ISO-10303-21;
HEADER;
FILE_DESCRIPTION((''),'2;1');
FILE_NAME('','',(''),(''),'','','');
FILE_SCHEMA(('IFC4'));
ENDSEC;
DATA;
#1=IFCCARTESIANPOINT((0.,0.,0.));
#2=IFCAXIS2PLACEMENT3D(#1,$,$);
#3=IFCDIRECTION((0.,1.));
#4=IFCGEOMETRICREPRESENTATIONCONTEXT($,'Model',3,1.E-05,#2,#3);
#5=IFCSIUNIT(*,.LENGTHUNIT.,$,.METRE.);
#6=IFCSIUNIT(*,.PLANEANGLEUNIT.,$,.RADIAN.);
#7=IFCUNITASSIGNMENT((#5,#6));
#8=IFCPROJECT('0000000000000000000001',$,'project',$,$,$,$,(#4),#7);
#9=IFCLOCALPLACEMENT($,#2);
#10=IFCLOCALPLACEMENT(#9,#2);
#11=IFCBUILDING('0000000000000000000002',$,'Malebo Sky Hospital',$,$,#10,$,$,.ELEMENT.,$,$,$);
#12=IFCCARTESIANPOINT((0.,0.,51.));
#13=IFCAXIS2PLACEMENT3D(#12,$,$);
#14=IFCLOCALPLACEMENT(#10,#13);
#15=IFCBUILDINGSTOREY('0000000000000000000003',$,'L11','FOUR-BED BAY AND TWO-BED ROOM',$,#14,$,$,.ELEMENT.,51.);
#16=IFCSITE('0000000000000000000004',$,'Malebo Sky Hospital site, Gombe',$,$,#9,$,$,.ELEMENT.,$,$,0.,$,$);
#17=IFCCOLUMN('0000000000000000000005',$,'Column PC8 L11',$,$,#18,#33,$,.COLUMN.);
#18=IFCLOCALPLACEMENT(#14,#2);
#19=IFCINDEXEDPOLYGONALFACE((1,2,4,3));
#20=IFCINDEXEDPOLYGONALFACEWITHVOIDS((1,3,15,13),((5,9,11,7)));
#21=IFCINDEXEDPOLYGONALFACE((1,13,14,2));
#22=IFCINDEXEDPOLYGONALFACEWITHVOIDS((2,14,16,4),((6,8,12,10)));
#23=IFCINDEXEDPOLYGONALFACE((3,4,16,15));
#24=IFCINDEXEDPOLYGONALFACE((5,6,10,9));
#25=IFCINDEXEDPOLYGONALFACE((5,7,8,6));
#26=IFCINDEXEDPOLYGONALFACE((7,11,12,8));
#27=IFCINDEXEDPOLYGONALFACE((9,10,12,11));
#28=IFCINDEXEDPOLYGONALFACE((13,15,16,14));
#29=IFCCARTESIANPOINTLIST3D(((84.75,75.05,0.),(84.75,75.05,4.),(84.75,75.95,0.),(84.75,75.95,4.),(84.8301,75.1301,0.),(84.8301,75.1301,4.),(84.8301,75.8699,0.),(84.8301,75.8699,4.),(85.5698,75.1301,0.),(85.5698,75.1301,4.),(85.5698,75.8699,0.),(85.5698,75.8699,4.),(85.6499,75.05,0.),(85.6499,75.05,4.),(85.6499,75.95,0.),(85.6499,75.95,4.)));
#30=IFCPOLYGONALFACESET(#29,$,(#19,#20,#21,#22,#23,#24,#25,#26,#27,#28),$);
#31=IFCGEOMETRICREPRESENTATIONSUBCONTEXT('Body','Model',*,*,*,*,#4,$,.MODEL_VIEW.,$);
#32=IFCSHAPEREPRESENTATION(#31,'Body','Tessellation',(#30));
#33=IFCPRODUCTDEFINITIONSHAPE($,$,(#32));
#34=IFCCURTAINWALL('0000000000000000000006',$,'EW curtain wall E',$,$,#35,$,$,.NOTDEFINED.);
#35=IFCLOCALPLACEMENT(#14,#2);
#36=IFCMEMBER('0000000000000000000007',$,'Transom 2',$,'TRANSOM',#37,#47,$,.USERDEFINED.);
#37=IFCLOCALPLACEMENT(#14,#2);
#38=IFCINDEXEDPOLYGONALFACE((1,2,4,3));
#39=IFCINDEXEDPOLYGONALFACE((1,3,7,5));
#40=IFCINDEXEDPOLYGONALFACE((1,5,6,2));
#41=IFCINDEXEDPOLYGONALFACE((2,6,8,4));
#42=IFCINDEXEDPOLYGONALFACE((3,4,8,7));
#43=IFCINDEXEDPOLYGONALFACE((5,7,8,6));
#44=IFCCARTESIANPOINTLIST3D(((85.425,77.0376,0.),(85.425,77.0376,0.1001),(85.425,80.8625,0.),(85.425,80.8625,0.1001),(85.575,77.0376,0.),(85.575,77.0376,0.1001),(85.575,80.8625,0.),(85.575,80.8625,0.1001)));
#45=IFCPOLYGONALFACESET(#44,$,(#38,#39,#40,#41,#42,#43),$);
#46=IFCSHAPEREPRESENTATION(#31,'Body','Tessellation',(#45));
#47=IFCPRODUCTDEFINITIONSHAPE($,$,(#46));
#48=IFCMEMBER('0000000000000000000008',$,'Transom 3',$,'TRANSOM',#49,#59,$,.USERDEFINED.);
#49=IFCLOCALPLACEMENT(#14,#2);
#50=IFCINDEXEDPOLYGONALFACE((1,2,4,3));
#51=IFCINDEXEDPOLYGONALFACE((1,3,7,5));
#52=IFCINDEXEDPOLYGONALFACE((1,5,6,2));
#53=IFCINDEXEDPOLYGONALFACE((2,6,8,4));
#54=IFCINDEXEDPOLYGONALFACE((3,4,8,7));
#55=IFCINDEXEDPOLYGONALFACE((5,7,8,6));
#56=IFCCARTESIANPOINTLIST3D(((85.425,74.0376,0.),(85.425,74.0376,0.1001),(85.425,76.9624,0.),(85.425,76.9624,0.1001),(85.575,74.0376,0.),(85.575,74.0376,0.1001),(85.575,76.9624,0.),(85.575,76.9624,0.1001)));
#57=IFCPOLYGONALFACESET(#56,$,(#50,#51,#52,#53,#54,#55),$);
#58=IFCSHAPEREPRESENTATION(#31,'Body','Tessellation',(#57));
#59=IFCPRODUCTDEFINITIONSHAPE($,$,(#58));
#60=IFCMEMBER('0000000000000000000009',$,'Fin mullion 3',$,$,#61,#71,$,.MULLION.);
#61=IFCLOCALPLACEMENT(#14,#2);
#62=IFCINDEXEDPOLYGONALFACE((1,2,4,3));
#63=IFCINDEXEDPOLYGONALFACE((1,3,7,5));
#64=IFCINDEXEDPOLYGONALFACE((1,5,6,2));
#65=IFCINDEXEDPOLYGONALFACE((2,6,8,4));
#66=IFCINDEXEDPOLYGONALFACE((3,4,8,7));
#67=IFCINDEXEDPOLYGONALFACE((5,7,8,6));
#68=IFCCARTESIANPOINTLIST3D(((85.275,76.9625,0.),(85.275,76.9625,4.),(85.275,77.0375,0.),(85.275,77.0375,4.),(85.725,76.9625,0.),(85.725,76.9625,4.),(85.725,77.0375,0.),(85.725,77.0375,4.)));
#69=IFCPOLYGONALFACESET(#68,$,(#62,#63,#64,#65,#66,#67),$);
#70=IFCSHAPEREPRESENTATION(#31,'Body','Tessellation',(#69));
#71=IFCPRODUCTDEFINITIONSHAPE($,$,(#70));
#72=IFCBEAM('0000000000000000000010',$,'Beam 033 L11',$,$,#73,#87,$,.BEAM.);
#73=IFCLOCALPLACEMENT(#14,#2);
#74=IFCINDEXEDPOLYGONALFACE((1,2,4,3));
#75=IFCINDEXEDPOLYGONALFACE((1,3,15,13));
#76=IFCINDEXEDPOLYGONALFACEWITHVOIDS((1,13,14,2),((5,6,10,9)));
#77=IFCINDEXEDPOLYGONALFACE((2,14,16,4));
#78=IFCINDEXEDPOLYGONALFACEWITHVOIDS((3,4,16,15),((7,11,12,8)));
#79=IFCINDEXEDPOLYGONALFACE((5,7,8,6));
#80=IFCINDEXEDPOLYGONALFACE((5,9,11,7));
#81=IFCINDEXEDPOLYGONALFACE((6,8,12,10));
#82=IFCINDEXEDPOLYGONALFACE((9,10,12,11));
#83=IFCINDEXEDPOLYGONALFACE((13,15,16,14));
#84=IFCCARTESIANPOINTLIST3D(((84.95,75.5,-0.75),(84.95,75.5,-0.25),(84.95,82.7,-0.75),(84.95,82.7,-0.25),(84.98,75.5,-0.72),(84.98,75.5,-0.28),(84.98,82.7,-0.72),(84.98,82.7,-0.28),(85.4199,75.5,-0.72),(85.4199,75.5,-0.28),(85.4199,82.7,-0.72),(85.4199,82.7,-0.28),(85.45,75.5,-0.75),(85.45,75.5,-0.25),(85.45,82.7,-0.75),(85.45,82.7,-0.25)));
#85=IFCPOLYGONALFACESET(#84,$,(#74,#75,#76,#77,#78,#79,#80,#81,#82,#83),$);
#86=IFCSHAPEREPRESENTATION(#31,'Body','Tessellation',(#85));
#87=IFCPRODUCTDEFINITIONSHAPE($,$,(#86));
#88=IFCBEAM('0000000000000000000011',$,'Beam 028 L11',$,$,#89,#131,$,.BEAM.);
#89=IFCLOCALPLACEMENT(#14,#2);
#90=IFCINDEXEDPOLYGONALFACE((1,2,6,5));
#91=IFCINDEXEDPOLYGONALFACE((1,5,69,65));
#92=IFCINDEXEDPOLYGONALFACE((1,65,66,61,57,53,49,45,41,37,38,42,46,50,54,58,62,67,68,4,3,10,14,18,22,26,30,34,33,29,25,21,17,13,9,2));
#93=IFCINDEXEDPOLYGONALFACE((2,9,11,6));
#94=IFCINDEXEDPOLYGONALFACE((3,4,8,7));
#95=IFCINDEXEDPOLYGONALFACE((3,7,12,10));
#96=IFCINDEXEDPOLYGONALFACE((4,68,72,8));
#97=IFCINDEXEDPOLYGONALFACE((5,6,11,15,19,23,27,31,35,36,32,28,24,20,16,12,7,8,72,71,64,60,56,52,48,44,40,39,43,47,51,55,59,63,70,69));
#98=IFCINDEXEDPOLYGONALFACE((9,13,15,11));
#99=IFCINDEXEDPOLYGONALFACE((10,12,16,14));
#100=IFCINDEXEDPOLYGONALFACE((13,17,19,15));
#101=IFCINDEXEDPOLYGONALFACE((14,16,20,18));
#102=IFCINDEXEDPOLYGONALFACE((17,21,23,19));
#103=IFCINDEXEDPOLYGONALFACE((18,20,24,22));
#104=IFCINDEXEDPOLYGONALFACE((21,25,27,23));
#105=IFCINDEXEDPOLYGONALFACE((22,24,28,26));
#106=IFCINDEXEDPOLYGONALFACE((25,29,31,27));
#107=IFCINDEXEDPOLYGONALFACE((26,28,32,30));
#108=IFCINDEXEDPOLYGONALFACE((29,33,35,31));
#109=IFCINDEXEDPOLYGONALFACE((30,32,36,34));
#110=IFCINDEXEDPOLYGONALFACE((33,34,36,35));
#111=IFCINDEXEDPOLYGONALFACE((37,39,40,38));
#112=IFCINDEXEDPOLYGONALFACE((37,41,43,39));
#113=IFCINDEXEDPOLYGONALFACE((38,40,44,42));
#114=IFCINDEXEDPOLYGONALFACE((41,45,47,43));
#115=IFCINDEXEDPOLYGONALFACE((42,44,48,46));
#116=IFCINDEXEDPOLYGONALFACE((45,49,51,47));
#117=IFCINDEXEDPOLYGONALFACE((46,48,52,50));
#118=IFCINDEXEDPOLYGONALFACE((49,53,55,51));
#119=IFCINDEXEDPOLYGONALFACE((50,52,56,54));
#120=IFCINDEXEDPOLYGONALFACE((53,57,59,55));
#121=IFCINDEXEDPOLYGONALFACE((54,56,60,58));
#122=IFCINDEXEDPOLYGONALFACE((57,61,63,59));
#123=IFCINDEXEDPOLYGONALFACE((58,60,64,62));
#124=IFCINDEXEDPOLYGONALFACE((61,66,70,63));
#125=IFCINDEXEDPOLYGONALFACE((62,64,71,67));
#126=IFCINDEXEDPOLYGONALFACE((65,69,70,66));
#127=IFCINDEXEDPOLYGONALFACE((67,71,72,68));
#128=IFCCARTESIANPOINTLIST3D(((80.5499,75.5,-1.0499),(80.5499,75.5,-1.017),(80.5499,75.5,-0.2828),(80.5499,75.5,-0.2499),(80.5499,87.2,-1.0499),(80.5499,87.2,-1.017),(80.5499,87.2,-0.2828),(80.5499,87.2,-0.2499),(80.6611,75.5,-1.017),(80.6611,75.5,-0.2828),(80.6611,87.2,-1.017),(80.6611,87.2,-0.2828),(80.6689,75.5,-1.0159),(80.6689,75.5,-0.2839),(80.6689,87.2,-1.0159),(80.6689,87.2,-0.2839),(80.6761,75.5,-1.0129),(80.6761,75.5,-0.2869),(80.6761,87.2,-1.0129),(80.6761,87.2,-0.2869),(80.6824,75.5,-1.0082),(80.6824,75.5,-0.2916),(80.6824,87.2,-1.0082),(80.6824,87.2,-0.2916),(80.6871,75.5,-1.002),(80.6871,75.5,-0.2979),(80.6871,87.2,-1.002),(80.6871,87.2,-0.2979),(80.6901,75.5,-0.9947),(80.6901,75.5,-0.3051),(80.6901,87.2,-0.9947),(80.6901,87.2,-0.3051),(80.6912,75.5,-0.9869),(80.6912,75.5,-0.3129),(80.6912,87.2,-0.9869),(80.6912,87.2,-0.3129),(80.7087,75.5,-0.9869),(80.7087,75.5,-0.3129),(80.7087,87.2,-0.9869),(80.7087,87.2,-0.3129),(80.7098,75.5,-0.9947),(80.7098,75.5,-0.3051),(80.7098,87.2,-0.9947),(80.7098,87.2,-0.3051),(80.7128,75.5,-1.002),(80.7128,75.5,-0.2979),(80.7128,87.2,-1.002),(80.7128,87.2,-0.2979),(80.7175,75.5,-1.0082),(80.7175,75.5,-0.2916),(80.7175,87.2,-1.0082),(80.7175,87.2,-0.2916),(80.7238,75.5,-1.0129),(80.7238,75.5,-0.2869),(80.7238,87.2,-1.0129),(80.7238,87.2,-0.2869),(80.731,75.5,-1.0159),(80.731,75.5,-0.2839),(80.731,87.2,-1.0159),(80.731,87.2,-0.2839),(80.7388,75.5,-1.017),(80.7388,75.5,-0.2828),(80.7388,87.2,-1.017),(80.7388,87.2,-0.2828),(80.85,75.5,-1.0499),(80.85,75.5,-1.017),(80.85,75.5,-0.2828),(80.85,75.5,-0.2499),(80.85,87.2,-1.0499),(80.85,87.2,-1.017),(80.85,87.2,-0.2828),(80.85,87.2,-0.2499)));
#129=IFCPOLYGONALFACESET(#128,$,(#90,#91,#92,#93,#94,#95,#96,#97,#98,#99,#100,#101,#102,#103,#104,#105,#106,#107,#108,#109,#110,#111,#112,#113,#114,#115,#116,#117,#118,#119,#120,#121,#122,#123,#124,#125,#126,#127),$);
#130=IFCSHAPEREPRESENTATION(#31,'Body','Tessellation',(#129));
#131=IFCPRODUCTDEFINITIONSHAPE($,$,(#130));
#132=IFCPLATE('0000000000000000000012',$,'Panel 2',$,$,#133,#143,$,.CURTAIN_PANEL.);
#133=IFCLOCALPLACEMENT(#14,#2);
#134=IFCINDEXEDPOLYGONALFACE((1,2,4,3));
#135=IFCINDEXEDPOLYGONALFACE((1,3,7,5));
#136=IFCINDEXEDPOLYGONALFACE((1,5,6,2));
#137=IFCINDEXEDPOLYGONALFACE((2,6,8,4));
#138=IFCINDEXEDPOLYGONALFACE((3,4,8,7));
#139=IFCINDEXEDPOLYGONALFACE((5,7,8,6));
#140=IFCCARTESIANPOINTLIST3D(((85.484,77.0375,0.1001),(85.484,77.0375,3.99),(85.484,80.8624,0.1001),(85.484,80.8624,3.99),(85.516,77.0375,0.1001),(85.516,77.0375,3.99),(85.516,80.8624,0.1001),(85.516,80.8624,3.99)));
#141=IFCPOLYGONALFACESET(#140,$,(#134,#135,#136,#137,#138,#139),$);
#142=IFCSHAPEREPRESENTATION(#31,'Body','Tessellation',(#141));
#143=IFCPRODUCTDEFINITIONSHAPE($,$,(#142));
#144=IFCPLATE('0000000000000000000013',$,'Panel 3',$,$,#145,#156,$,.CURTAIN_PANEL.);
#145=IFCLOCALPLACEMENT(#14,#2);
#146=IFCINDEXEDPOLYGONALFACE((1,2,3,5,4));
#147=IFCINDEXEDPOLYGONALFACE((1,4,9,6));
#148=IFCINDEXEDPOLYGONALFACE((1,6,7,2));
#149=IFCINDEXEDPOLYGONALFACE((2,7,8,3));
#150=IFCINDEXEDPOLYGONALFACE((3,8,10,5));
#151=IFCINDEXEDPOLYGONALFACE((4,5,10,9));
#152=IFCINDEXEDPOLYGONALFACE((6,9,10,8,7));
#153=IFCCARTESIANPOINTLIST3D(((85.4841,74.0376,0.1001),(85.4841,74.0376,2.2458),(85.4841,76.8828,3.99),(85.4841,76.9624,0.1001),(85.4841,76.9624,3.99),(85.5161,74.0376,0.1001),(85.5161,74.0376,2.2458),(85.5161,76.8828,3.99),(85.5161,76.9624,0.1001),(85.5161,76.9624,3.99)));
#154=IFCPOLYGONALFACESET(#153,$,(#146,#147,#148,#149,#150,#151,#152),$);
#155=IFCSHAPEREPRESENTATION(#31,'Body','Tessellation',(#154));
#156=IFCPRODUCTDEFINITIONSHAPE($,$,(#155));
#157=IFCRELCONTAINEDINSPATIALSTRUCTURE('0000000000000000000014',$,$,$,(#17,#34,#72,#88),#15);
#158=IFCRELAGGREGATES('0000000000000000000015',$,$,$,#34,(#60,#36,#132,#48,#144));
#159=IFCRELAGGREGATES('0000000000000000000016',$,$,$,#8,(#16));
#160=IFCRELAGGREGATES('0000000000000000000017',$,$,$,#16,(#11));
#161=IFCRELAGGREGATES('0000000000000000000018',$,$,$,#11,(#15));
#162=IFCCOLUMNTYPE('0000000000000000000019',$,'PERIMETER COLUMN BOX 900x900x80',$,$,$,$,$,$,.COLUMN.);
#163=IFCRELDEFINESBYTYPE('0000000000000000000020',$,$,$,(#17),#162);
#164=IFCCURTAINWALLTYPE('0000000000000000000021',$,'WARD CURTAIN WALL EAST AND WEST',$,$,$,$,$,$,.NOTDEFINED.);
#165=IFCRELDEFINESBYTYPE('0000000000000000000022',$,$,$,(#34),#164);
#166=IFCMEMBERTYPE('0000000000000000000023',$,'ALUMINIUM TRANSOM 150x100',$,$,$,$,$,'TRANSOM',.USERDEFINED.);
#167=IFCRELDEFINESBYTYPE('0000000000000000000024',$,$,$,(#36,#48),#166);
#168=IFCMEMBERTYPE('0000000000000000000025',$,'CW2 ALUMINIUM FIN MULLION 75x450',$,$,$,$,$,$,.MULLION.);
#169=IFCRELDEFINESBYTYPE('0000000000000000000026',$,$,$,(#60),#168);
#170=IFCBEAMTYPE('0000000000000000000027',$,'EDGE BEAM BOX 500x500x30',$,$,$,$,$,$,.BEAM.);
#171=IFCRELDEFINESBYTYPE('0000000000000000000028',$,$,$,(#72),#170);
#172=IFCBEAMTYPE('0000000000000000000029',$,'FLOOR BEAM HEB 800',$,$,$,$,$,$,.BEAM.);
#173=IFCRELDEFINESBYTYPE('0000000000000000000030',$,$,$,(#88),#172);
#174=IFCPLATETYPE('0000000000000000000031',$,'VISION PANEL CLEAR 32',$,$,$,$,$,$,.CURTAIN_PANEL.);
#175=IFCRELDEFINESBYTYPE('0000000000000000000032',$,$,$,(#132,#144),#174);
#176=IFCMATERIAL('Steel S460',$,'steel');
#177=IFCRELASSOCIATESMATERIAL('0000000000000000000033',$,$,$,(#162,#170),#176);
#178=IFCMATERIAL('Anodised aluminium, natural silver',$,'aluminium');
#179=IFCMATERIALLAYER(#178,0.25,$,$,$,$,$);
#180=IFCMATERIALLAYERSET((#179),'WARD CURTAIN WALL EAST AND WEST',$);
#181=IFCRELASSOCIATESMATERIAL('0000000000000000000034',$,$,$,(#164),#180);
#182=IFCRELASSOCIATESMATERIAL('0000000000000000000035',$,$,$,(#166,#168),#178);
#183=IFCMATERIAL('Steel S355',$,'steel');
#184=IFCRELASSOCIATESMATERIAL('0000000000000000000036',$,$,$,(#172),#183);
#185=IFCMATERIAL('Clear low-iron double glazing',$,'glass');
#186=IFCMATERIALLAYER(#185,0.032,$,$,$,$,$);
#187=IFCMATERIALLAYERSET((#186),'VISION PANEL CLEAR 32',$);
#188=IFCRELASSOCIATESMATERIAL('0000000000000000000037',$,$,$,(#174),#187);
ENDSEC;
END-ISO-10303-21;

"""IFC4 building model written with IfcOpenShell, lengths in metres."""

from ifc_helpers import new_model, si_unit, direction, frame, origin, origin_2d, place, context, subcontext, project, spatial, polyline, rectangle, hollow_rectangle, i_section, outline, extrude, material, layer, layer_set, material_profile, profile_set, type_object, element, aggregate, save


model = new_model("IFC4")

# Units and contexts
model_context = context("Model", 3, precision=1e-05, world=origin(), true_north=direction((0.0, 1.0)))
body_context = subcontext(model_context, "Body", "Model", "MODEL_VIEW")
ifc_project = project(units=[si_unit("LENGTHUNIT", "METRE"), si_unit("PLANEANGLEUNIT", "RADIAN")], contexts=[model_context])

# Site, building, storey
site_placement = place(None, origin())
site = spatial("IfcSite", under=ifc_project, at=site_placement, Name="Malebo Sky Hospital site, Gombe", CompositionType="ELEMENT", RefElevation=0.0)
building_placement = place(site_placement, origin())
building = spatial("IfcBuilding", under=site, at=building_placement, Name="Malebo Sky Hospital", CompositionType="ELEMENT")
storey_placement = place(building_placement, frame((0.0, 0.0, 51.0)))
storey = spatial("IfcBuildingStorey", under=building, at=storey_placement, Name="L11", Description="FOUR-BED BAY AND TWO-BED ROOM", CompositionType="ELEMENT", Elevation=51.0)

# Column
ifc_material_1 = material(Name="Steel S460", Category="steel")
ifc_material_profile_1 = material_profile(ifc_material_1, hollow_rectangle(XDim=0.8999, YDim=0.8999, WallThickness=0.0801, at=origin_2d()), Name="BOX 900x900x80")
ifc_profile_set_1 = profile_set([ifc_material_profile_1], Name="Steel S460")
column_type = type_object("IfcColumnType", Name="PERIMETER COLUMN BOX 900x900x80", PredefinedType="COLUMN", material=ifc_profile_set_1)
column_placement = place(storey_placement, frame((85.2, 75.5, 0.0), z_axis=(0.0, 0.0, 1.0), x_axis=(1.0, 0.0, 0.0)))
element("IfcColumn", 1, at=column_placement, inside=storey, type_object=column_type, Name="Column PC8 L11", PredefinedType="COLUMN", context=body_context, shape_type="SweptSolid", body=[
    extrude(hollow_rectangle(XDim=0.8999, YDim=0.8999, WallThickness=0.0801, at=origin_2d()), origin(), (0.0, 0.0, 1.0), 4.0),
])

# Curtain wall, members
ifc_material_2 = material(Name="Anodised aluminium, natural silver", Category="aluminium")
ifc_layer_1 = layer(ifc_material_2, 0.25)
ifc_layer_set_1 = layer_set([ifc_layer_1], Name="WARD CURTAIN WALL EAST AND WEST")
curtain_wall_type = type_object("IfcCurtainWallType", Name="WARD CURTAIN WALL EAST AND WEST", PredefinedType="NOTDEFINED", material=ifc_layer_set_1)
curtain_wall_placement = place(storey_placement, origin())
curtain_wall = element("IfcCurtainWall", 2, at=curtain_wall_placement, inside=storey, type_object=curtain_wall_type, Name="EW curtain wall E", PredefinedType="NOTDEFINED")
ifc_material_profile_2 = material_profile(ifc_material_2, rectangle(XDim=0.1499, YDim=0.1001, at=origin_2d()), Name="ALUMINIUM TRANSOM 150x100")
ifc_profile_set_2 = profile_set([ifc_material_profile_2], Name="Anodised aluminium, natural silver")
member_type_1 = type_object("IfcMemberType", Name="ALUMINIUM TRANSOM 150x100", ElementType="TRANSOM", PredefinedType="USERDEFINED", material=ifc_profile_set_2)
member_1_placement = place(storey_placement, frame((85.5, 80.8625, 0.05), z_axis=(0.0, -1.0, 0.0), x_axis=(1.0, 0.0, 0.0)))
member_1 = element("IfcMember", 3, at=member_1_placement, type_object=member_type_1, Name="Transom 2", ObjectType="TRANSOM", PredefinedType="USERDEFINED", context=body_context, shape_type="SweptSolid", body=[
    extrude(rectangle(XDim=0.1499, YDim=0.1001, at=origin_2d()), origin(), (0.0, 0.0, 1.0), 3.825),
])
member_2_placement = place(storey_placement, frame((85.5, 76.9624, 0.05), z_axis=(0.0, -1.0, 0.0), x_axis=(1.0, 0.0, 0.0)))
member_2 = element("IfcMember", 4, at=member_2_placement, type_object=member_type_1, Name="Transom 3", ObjectType="TRANSOM", PredefinedType="USERDEFINED", context=body_context, shape_type="SweptSolid", body=[
    extrude(rectangle(XDim=0.1499, YDim=0.1001, at=origin_2d()), origin(), (0.0, 0.0, 1.0), 2.9248),
])
ifc_material_profile_3 = material_profile(ifc_material_2, rectangle(XDim=0.075, YDim=0.45, at=origin_2d()), Name="CW2 ALUMINIUM FIN MULLION 75x450")
ifc_profile_set_3 = profile_set([ifc_material_profile_3], Name="Anodised aluminium, natural silver")
member_type_2 = type_object("IfcMemberType", Name="CW2 ALUMINIUM FIN MULLION 75x450", PredefinedType="MULLION", material=ifc_profile_set_3)
member_3_placement = place(storey_placement, frame((85.5, 77.0, 0.0), z_axis=(0.0, 0.0, 1.0), x_axis=(0.0, -1.0, 0.0)))
member_3 = element("IfcMember", 5, at=member_3_placement, type_object=member_type_2, Name="Fin mullion 3", PredefinedType="MULLION", context=body_context, shape_type="SweptSolid", body=[
    extrude(rectangle(XDim=0.075, YDim=0.45, at=origin_2d()), origin(), (0.0, 0.0, 1.0), 4.0),
])

# Beams
ifc_material_profile_4 = material_profile(ifc_material_1, hollow_rectangle(XDim=0.5, YDim=0.5, WallThickness=0.03, at=origin_2d()), Name="BOX 500x500x30")
ifc_profile_set_4 = profile_set([ifc_material_profile_4], Name="Steel S460")
beam_type_1 = type_object("IfcBeamType", Name="EDGE BEAM BOX 500x500x30", PredefinedType="BEAM", material=ifc_profile_set_4)
beam_1_placement = place(storey_placement, frame((85.2, 75.5, -0.5), z_axis=(0.0, 1.0, 0.0), x_axis=(-1.0, 0.0, 0.0)))
element("IfcBeam", 6, at=beam_1_placement, inside=storey, type_object=beam_type_1, Name="Beam 033 L11", PredefinedType="BEAM", context=body_context, shape_type="SweptSolid", body=[
    extrude(hollow_rectangle(XDim=0.5, YDim=0.5, WallThickness=0.03, at=origin_2d()), origin(), (0.0, 0.0, 1.0), 7.2),
])
ifc_material_3 = material(Name="Steel S355", Category="steel")
ifc_material_profile_5 = material_profile(ifc_material_3, i_section(OverallWidth=0.3, OverallDepth=0.8, WebThickness=0.0176, FlangeThickness=0.033, FilletRadius=0.03, at=origin_2d()), Name="HEB 800")
ifc_profile_set_5 = profile_set([ifc_material_profile_5], Name="Steel S355")
beam_type_2 = type_object("IfcBeamType", Name="FLOOR BEAM HEB 800", PredefinedType="BEAM", material=ifc_profile_set_5)
beam_2_placement = place(storey_placement, frame((80.7, 75.5, -0.6499), z_axis=(0.0, 1.0, 0.0), x_axis=(-1.0, 0.0, 0.0)))
element("IfcBeam", 7, at=beam_2_placement, inside=storey, type_object=beam_type_2, Name="Beam 028 L11", PredefinedType="BEAM", context=body_context, shape_type="SweptSolid", body=[
    extrude(i_section(OverallWidth=0.3, OverallDepth=0.8, WebThickness=0.0176, FlangeThickness=0.033, FilletRadius=0.03, at=origin_2d()), origin(), (0.0, 0.0, 1.0), 11.7),
])

# Plates
ifc_material_4 = material(Name="Clear low-iron double glazing", Category="glass")
ifc_layer_2 = layer(ifc_material_4, 0.032)
ifc_layer_set_2 = layer_set([ifc_layer_2], Name="VISION PANEL CLEAR 32")
plate_type = type_object("IfcPlateType", Name="VISION PANEL CLEAR 32", PredefinedType="CURTAIN_PANEL", material=ifc_layer_set_2)
plate_1_placement = place(storey_placement, frame((85.5, 78.95, 0.1001), z_axis=(0.0, 0.0, 1.0), x_axis=(0.0, -1.0, 0.0)))
plate_1 = element("IfcPlate", 8, at=plate_1_placement, type_object=plate_type, Name="Panel 2", PredefinedType="CURTAIN_PANEL", context=body_context, shape_type="SweptSolid", body=[
    extrude(rectangle(XDim=3.825, YDim=0.032, at=origin_2d()), origin(), (0.0, 0.0, 1.0), 3.8899),
])
plate_2_placement = place(storey_placement, frame((85.5, 75.5, 0.1001), z_axis=(0.0, 0.0, 1.0), x_axis=(0.0, -1.0, 0.0)))
plate_2 = element("IfcPlate", 9, at=plate_2_placement, type_object=plate_type, Name="Panel 3", PredefinedType="CURTAIN_PANEL", context=body_context, shape_type="SweptSolid", body=[
    extrude(outline(polyline([(-1.4624, 0.0), (1.4624, 0.0), (1.4624, 2.1458), (-1.3828, 3.8899), (-1.4624, 3.8899), (-1.4624, 0.0)])), frame((0.0, 0.0161, 0.0), z_axis=(0.0, -1.0, 0.0), x_axis=(1.0, 0.0, 0.0)), (0.0, 0.0, 1.0), 0.032),
])
aggregate(curtain_wall, [member_3, member_1, plate_1, member_2, plate_2])

save(model, "model.ifc")
